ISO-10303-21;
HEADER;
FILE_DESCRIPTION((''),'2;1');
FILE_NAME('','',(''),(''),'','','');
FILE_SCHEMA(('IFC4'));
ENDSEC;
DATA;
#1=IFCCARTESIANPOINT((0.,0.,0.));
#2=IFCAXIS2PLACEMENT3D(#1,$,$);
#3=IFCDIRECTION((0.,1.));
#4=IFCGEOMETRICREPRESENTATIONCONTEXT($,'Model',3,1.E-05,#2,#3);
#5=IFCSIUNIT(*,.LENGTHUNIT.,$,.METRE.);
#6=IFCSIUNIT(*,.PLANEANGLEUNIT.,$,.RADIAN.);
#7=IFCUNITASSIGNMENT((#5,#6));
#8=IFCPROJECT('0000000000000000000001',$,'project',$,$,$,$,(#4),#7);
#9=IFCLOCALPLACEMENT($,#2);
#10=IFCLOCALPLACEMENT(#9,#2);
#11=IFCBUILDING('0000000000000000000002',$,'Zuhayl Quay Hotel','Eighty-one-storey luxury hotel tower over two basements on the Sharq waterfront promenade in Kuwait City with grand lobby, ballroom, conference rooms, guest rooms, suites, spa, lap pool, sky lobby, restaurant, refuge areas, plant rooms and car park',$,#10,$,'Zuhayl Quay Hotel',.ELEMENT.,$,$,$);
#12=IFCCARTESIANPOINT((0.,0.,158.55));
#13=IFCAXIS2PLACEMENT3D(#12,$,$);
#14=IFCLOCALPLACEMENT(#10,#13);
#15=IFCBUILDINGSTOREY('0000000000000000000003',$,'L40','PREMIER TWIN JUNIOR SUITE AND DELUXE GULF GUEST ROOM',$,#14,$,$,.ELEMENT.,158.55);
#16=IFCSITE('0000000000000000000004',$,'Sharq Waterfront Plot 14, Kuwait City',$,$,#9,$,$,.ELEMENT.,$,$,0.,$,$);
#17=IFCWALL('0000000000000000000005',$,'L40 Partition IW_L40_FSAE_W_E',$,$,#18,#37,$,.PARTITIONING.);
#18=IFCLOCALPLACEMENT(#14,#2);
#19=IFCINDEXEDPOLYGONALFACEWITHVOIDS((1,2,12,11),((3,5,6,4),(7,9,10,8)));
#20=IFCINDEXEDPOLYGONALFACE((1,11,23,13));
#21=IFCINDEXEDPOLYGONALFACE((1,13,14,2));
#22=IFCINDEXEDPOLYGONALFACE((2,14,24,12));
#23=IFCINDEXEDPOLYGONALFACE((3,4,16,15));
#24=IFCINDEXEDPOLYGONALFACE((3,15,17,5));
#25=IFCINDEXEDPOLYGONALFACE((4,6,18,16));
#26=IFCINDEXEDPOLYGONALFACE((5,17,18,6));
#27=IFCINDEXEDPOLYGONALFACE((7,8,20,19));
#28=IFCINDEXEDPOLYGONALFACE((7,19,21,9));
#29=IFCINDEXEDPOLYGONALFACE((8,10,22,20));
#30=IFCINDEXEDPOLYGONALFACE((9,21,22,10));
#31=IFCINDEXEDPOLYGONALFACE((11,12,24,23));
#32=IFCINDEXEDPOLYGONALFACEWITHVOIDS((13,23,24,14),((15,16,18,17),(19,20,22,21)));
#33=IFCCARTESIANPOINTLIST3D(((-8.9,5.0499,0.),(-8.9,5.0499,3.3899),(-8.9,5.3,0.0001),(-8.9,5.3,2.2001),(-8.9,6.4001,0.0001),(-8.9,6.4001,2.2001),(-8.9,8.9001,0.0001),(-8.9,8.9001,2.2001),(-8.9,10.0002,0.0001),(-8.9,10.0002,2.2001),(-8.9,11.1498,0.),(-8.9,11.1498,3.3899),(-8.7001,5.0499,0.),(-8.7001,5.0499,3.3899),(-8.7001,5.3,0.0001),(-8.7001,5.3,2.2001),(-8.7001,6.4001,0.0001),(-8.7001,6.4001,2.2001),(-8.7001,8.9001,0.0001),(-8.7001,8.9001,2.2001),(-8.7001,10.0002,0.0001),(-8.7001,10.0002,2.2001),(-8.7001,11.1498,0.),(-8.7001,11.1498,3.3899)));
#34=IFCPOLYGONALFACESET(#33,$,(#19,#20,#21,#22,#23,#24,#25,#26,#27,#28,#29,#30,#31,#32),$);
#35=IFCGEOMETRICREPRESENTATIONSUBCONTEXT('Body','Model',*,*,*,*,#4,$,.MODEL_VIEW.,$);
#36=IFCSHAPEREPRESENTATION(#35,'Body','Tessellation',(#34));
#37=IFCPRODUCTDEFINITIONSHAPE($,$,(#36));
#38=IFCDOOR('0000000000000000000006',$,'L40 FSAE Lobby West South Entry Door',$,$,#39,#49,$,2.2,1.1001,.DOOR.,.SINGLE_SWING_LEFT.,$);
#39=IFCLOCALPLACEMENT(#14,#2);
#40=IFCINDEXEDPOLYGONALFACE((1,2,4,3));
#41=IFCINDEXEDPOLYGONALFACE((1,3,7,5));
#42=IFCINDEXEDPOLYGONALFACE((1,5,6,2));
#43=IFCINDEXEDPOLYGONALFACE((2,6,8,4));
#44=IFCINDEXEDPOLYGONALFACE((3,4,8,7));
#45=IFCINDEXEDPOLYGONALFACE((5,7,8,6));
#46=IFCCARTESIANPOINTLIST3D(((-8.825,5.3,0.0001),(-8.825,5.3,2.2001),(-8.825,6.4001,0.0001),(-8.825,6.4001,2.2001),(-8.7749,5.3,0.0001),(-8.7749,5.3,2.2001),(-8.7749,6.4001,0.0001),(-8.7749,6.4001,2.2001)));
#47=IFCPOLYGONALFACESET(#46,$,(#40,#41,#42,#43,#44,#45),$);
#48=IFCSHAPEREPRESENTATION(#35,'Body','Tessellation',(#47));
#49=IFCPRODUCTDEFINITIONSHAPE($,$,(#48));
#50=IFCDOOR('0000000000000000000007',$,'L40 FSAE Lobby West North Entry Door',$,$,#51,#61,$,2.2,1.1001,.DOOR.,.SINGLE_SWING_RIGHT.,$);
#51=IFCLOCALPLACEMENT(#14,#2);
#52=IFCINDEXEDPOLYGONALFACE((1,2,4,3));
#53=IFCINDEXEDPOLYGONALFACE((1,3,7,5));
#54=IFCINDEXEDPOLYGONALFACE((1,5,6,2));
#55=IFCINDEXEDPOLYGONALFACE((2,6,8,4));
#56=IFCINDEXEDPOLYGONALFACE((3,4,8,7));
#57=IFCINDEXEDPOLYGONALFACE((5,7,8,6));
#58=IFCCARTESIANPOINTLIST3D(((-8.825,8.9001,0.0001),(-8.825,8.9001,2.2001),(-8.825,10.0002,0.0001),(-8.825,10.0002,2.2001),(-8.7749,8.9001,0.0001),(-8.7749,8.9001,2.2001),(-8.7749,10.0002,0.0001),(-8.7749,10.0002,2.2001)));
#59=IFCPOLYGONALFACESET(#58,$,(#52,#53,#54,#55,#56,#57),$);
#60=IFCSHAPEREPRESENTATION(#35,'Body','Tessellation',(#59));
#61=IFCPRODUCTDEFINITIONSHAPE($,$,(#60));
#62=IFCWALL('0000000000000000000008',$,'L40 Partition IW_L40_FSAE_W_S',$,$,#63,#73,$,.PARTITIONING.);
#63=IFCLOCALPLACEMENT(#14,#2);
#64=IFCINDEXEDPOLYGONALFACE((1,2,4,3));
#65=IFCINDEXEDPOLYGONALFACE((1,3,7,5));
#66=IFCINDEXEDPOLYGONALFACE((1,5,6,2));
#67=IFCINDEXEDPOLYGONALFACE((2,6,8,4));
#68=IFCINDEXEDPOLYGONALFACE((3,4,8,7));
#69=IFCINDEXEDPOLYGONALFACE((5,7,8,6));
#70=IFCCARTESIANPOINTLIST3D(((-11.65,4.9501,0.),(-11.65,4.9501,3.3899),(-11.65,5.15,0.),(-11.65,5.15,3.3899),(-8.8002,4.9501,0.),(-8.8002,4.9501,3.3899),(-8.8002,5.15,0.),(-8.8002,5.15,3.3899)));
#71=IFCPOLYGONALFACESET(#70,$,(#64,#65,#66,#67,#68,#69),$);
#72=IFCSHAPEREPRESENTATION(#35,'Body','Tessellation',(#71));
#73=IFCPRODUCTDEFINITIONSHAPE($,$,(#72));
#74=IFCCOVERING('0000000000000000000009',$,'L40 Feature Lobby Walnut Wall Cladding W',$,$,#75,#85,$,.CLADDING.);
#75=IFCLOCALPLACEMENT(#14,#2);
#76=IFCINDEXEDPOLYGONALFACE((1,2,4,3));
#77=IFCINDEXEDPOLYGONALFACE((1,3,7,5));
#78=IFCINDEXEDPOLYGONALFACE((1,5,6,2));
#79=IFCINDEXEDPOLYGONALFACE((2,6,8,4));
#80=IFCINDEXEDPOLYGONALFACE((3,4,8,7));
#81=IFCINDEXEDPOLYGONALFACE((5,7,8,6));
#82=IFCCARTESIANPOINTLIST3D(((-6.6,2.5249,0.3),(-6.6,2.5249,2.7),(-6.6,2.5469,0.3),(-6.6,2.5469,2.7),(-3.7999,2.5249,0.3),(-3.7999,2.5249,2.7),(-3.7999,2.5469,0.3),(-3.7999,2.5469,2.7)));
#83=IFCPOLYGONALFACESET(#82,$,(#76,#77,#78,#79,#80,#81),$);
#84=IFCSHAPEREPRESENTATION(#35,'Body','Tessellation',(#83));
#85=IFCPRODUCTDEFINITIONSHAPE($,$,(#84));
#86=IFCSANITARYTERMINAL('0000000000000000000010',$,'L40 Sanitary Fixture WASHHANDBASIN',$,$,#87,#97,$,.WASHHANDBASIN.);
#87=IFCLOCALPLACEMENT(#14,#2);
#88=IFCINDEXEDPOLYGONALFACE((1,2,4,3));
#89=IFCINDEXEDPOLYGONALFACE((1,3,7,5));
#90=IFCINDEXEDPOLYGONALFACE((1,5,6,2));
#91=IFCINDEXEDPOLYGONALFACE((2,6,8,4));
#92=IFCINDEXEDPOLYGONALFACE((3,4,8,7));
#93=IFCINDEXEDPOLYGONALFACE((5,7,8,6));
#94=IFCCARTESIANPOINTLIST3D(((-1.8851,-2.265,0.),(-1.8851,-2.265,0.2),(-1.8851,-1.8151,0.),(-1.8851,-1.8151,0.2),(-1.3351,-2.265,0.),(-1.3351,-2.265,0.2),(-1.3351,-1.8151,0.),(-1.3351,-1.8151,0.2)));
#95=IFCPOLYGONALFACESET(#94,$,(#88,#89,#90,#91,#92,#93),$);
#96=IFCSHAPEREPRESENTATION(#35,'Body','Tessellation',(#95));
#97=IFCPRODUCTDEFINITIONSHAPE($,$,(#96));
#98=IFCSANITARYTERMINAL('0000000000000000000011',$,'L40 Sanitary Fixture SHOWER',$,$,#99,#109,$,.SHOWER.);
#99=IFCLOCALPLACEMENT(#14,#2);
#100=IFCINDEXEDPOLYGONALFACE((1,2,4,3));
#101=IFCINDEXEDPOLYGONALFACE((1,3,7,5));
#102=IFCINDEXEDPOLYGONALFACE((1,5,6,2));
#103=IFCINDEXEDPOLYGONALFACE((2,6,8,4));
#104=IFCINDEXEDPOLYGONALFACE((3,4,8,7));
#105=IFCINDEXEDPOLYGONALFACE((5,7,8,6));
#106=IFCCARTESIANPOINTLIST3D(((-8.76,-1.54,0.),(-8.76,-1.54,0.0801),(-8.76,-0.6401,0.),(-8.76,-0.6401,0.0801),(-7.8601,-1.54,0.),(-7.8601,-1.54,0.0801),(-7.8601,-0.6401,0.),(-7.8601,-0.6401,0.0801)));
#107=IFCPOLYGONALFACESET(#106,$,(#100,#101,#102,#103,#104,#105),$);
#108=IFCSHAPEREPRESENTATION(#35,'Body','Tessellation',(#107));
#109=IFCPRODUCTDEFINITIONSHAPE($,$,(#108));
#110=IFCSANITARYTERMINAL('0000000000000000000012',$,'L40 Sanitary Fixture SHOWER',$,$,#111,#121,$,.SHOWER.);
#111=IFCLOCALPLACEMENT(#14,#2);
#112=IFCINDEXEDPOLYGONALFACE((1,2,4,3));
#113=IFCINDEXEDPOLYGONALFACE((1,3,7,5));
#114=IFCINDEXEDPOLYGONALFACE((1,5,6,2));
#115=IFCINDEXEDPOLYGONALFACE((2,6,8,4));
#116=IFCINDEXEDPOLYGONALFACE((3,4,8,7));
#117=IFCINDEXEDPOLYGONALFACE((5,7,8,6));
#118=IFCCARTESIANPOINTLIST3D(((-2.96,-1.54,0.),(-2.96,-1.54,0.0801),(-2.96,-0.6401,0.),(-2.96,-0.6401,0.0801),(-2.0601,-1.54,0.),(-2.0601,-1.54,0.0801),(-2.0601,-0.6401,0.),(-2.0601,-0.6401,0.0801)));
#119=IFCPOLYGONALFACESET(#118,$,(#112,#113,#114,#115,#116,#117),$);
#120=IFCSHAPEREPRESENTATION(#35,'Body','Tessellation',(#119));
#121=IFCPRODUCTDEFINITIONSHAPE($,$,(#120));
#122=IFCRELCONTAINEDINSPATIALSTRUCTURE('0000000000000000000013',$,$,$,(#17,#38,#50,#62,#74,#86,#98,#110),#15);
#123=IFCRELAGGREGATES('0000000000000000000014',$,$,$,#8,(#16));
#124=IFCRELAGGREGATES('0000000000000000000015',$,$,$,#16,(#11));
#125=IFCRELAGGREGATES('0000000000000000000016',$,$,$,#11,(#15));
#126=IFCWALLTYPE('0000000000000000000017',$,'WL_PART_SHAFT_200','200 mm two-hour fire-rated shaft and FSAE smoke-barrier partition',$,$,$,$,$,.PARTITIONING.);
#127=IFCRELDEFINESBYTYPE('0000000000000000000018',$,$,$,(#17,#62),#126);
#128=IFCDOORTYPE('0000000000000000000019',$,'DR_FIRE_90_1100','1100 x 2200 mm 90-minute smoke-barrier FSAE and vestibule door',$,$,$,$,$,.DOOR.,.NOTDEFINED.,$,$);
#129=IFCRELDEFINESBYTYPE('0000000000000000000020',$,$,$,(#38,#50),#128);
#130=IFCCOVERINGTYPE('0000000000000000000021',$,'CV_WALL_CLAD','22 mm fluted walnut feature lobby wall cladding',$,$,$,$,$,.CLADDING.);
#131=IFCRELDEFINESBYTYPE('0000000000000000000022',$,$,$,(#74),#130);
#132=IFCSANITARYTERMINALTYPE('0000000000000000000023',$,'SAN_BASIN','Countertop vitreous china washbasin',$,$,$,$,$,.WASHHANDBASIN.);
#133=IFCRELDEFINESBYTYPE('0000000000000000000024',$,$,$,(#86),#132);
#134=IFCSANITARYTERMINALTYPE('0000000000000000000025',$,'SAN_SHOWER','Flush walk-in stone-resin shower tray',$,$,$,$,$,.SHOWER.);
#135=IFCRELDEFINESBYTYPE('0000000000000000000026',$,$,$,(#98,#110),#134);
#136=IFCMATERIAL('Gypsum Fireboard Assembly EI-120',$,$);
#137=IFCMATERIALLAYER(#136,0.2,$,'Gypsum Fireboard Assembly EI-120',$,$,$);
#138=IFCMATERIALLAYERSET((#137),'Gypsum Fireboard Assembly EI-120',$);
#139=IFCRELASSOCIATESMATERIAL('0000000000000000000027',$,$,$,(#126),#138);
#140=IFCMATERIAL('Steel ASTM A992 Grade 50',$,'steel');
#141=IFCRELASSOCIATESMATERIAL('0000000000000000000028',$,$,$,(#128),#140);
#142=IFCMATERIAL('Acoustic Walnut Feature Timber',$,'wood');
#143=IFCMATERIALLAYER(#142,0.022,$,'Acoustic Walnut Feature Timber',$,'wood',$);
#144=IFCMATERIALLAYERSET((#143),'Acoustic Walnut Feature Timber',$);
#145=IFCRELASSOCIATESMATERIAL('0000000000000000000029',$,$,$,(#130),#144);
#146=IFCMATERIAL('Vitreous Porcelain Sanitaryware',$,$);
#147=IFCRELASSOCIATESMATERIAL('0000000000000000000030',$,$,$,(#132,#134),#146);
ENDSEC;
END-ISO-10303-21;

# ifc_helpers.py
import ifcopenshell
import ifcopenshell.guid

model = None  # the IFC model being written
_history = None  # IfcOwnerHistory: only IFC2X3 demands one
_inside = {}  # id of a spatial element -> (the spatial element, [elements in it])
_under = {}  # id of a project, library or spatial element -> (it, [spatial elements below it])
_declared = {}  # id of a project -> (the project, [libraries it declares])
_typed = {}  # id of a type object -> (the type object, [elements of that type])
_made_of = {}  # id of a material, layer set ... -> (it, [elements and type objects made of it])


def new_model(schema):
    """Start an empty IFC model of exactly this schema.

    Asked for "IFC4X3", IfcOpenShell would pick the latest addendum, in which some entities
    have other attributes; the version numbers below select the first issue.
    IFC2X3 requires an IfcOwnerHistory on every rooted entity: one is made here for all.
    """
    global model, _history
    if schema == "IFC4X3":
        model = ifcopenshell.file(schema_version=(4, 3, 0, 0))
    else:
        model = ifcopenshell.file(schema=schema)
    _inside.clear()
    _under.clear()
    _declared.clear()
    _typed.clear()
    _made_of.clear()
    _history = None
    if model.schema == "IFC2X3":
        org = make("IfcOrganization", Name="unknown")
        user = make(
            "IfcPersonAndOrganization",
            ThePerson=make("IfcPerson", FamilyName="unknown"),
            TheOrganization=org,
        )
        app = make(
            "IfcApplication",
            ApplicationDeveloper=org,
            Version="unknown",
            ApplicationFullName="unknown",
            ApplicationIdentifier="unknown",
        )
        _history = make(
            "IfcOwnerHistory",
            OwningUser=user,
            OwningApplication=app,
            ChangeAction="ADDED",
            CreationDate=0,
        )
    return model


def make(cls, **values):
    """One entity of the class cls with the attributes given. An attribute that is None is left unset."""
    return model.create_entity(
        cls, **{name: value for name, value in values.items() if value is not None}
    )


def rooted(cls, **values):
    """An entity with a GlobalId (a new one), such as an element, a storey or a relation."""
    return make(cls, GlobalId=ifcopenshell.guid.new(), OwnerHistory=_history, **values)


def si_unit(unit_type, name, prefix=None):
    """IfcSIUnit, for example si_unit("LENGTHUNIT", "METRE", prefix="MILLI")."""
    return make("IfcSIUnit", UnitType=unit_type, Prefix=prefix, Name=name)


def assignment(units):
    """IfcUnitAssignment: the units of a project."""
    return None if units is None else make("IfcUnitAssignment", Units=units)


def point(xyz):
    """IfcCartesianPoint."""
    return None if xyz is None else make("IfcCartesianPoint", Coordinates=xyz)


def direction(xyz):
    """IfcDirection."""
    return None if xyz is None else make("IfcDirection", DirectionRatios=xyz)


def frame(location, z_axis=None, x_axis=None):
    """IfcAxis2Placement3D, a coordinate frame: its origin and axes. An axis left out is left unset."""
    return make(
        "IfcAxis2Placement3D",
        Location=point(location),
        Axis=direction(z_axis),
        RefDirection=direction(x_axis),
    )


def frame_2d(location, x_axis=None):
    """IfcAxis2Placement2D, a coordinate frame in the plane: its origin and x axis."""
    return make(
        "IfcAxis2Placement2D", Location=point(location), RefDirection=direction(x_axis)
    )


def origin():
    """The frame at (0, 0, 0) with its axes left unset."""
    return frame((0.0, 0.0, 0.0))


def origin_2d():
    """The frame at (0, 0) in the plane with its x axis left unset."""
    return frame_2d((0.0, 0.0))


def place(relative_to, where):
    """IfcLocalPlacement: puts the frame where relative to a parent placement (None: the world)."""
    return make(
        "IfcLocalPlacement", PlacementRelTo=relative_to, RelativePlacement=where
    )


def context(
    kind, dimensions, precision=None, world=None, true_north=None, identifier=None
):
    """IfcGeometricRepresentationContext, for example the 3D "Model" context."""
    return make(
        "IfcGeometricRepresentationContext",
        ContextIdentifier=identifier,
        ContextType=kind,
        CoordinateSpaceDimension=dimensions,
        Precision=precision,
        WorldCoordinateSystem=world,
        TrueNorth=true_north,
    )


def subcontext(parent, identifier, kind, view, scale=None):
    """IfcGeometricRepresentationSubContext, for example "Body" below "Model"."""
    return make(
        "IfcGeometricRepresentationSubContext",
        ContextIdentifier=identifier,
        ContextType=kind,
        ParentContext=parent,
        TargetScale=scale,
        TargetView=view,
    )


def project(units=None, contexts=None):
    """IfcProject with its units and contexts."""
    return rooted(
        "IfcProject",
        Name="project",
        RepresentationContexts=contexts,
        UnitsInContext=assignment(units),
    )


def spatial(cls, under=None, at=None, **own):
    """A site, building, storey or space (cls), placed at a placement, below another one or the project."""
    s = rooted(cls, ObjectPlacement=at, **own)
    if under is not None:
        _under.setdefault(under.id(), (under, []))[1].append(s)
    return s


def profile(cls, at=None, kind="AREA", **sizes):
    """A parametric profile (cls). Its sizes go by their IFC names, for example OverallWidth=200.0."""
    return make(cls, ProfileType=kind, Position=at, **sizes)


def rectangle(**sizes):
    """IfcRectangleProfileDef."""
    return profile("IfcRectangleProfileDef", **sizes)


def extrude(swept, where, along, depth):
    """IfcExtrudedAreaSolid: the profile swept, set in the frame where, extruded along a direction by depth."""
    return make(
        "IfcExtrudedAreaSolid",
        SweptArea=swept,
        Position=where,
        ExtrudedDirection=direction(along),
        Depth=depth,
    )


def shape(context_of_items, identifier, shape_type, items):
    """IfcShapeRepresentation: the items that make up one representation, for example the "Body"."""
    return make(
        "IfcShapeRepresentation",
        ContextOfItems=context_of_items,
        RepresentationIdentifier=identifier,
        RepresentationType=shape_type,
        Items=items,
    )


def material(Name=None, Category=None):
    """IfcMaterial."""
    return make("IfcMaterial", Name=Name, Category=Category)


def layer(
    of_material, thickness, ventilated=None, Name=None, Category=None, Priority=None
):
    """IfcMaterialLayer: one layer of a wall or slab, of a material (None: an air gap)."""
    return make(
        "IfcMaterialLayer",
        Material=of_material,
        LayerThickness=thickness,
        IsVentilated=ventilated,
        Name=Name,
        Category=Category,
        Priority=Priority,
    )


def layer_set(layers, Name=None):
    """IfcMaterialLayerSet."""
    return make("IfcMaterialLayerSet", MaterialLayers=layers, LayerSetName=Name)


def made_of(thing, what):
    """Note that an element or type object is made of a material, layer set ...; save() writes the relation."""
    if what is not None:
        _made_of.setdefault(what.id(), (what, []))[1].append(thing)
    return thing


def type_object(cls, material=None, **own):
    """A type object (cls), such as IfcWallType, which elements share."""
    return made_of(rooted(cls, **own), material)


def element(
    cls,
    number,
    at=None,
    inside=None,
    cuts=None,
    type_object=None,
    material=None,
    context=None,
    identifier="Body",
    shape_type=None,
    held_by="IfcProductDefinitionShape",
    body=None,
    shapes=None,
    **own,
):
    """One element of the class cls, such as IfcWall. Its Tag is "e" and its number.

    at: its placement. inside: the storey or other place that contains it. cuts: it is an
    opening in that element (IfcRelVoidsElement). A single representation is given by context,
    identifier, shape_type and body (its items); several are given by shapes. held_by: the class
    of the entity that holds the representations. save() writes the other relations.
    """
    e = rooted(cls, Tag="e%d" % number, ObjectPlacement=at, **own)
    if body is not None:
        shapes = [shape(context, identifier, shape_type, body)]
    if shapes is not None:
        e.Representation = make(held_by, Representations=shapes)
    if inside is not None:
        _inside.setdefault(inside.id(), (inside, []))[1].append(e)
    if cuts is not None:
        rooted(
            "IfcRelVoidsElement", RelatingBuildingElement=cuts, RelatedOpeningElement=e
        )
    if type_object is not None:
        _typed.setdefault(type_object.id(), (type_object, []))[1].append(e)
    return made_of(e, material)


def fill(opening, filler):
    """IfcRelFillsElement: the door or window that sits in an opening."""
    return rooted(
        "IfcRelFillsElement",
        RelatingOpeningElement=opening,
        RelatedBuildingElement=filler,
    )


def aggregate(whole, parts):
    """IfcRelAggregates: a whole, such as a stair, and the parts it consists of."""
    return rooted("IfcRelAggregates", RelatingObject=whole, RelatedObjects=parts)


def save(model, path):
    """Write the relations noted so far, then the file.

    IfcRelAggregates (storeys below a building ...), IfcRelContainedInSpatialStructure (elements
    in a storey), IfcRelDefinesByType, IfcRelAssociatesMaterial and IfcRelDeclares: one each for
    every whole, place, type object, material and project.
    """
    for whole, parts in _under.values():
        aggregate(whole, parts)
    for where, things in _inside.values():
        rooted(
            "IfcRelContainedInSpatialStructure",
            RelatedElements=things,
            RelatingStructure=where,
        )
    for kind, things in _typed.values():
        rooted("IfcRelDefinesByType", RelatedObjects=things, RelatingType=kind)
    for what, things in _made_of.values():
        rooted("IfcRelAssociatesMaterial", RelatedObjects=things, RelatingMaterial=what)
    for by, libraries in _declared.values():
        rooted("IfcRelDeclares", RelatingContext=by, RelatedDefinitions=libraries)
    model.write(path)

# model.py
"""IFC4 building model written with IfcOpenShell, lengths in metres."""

from ifc_helpers import new_model, si_unit, direction, frame, frame_2d, origin, origin_2d, place, context, subcontext, project, spatial, rectangle, extrude, material, layer, layer_set, type_object, element, fill, save


model = new_model("IFC4")

# Units and contexts
model_context = context("Model", 3, precision=1e-05, world=origin(), true_north=direction((0.0, 1.0)))
body_context = subcontext(model_context, "Body", "Model", "MODEL_VIEW")
ifc_project = project(units=[si_unit("LENGTHUNIT", "METRE"), si_unit("PLANEANGLEUNIT", "RADIAN")], contexts=[model_context])

# Site, building, storey
site_placement = place(None, origin())
site = spatial("IfcSite", under=ifc_project, at=site_placement, Name="Sharq Waterfront Plot 14, Kuwait City", CompositionType="ELEMENT", RefElevation=0.0)
building_placement = place(site_placement, origin())
building = spatial("IfcBuilding", under=site, at=building_placement, Name="Zuhayl Quay Hotel", Description="Eighty-one-storey luxury hotel tower over two basements on the Sharq waterfront promenade in Kuwait City with grand lobby, ballroom, conference rooms, guest rooms, suites, spa, lap pool, sky lobby, restaurant, refuge areas, plant rooms and car park", LongName="Zuhayl Quay Hotel", CompositionType="ELEMENT")
storey_placement = place(building_placement, frame((0.0, 0.0, 158.55)))
storey = spatial("IfcBuildingStorey", under=building, at=storey_placement, Name="L40", Description="PREMIER TWIN JUNIOR SUITE AND DELUXE GULF GUEST ROOM", CompositionType="ELEMENT", Elevation=158.55)

# Shared definitions
ifc_material_1 = material(Name="Steel ASTM A992 Grade 50", Category="steel")

# Wall, openings, doors
ifc_material_2 = material(Name="Gypsum Fireboard Assembly EI-120")
ifc_layer_1 = layer(ifc_material_2, 0.2, Name="Gypsum Fireboard Assembly EI-120")
ifc_layer_set_1 = layer_set([ifc_layer_1], Name="Gypsum Fireboard Assembly EI-120")
wall_type_1 = type_object("IfcWallType", Name="WL_PART_SHAFT_200", Description="200 mm two-hour fire-rated shaft and FSAE smoke-barrier partition", PredefinedType="PARTITIONING", material=ifc_layer_set_1)
wall_1_placement = place(storey_placement, frame((-8.8, 5.05, 0.0), z_axis=(0.0, 0.0, 1.0), x_axis=(0.0, 1.0, 0.0)))
wall_1 = element("IfcWall", 1, at=wall_1_placement, inside=storey, type_object=wall_type_1, Name="L40 Partition IW_L40_FSAE_W_E", PredefinedType="PARTITIONING", context=body_context, shape_type="SweptSolid", body=[
    extrude(rectangle(XDim=6.0999, YDim=0.2, at=frame_2d((3.0498, 0.0))), origin(), (0.0, 0.0, 1.0), 3.3899),
])
opening_1_placement = place(wall_1_placement, frame((0.25, 0.0, 0.0)))
opening_1 = element("IfcOpeningElement", 2, at=opening_1_placement, cuts=wall_1, PredefinedType="OPENING", context=body_context, shape_type="SweptSolid", body=[
    extrude(rectangle(XDim=1.1001, YDim=2.2, at=frame_2d((0.55, 1.1001))), frame((0.0, 0.1099, 0.0), z_axis=(0.0, -1.0, 0.0), x_axis=(1.0, 0.0, 0.0)), (0.0, 0.0, 1.0), 0.22),
])
opening_2_placement = place(wall_1_placement, frame((3.8501, 0.0, 0.0)))
opening_2 = element("IfcOpeningElement", 3, at=opening_2_placement, cuts=wall_1, PredefinedType="OPENING", context=body_context, shape_type="SweptSolid", body=[
    extrude(rectangle(XDim=1.1001, YDim=2.2, at=frame_2d((0.55, 1.1001))), frame((0.0, 0.1099, 0.0), z_axis=(0.0, -1.0, 0.0), x_axis=(1.0, 0.0, 0.0)), (0.0, 0.0, 1.0), 0.22),
])
door_type_1 = type_object("IfcDoorType", Name="DR_FIRE_90_1100", Description="1100 x 2200 mm 90-minute smoke-barrier FSAE and vestibule door", OperationType="NOTDEFINED", PredefinedType="DOOR", material=ifc_material_1)
door_1_placement = place(opening_1_placement, origin())
door_1 = element("IfcDoor", 4, at=door_1_placement, inside=storey, type_object=door_type_1, Name="L40 FSAE Lobby West South Entry Door", OperationType="SINGLE_SWING_LEFT", OverallHeight=2.2, OverallWidth=1.1001, PredefinedType="DOOR", context=body_context, shape_type="SweptSolid", body=[
    extrude(rectangle(XDim=1.1001, YDim=2.2, at=frame_2d((0.55, 1.1001))), frame((0.0, 0.0249, 0.0), z_axis=(0.0, -1.0, 0.0), x_axis=(1.0, 0.0, 0.0)), (0.0, 0.0, 1.0), 0.05),
])
fill(opening_1, door_1)
door_2_placement = place(opening_2_placement, origin())
door_2 = element("IfcDoor", 5, at=door_2_placement, inside=storey, type_object=door_type_1, Name="L40 FSAE Lobby West North Entry Door", OperationType="SINGLE_SWING_RIGHT", OverallHeight=2.2, OverallWidth=1.1001, PredefinedType="DOOR", context=body_context, shape_type="SweptSolid", body=[
    extrude(rectangle(XDim=1.1001, YDim=2.2, at=frame_2d((0.55, 1.1001))), frame((0.0, 0.0249, 0.0), z_axis=(0.0, -1.0, 0.0), x_axis=(1.0, 0.0, 0.0)), (0.0, 0.0, 1.0), 0.05),
])
fill(opening_2, door_2)

# Wall
wall_2_placement = place(storey_placement, frame((-11.6499, 5.05, 0.0), z_axis=(0.0, 0.0, 1.0), x_axis=(1.0, 0.0, 0.0)))
element("IfcWall", 6, at=wall_2_placement, inside=storey, type_object=wall_type_1, Name="L40 Partition IW_L40_FSAE_W_S", PredefinedType="PARTITIONING", context=body_context, shape_type="SweptSolid", body=[
    extrude(rectangle(XDim=2.8499, YDim=0.2, at=frame_2d((1.4248, 0.0))), origin(), (0.0, 0.0, 1.0), 3.3899),
])

# Covering
ifc_material_3 = material(Name="Acoustic Walnut Feature Timber", Category="wood")
ifc_layer_2 = layer(ifc_material_3, 0.022, Name="Acoustic Walnut Feature Timber", Category="wood")
ifc_layer_set_2 = layer_set([ifc_layer_2], Name="Acoustic Walnut Feature Timber")
covering_type = type_object("IfcCoveringType", Name="CV_WALL_CLAD", Description="22 mm fluted walnut feature lobby wall cladding", PredefinedType="CLADDING", material=ifc_layer_set_2)
covering_placement = place(storey_placement, frame((-5.2, 2.5359, 0.3), z_axis=(0.0, 0.0, 1.0), x_axis=(1.0, 0.0, 0.0)))
element("IfcCovering", 7, at=covering_placement, inside=storey, type_object=covering_type, Name="L40 Feature Lobby Walnut Wall Cladding W", PredefinedType="CLADDING", context=body_context, shape_type="SweptSolid", body=[
    extrude(rectangle(XDim=2.8, YDim=0.022, at=origin_2d()), origin(), (0.0, 0.0, 1.0), 2.3999),
])

# Sanitary terminals
ifc_material_4 = material(Name="Vitreous Porcelain Sanitaryware")
sanitary_terminal_type_1 = type_object("IfcSanitaryTerminalType", Name="SAN_BASIN", Description="Countertop vitreous china washbasin", PredefinedType="WASHHANDBASIN", material=ifc_material_4)
sanitary_terminal_placement = place(storey_placement, frame((-1.6101, -2.04, 0.0), z_axis=(0.0, 0.0, 1.0), x_axis=(1.0, 0.0, 0.0)))
element("IfcSanitaryTerminal", 8, at=sanitary_terminal_placement, inside=storey, type_object=sanitary_terminal_type_1, Name="L40 Sanitary Fixture WASHHANDBASIN", PredefinedType="WASHHANDBASIN", context=body_context, shape_type="SweptSolid", body=[
    extrude(rectangle(XDim=0.55, YDim=0.45, at=origin_2d()), origin(), (0.0, 0.0, 1.0), 0.2),
])
sanitary_terminal_type_2 = type_object("IfcSanitaryTerminalType", Name="SAN_SHOWER", Description="Flush walk-in stone-resin shower tray", PredefinedType="SHOWER", material=ifc_material_4)
for number, where, z_axis, x_axis, name in (
    (9, (-8.3101, -1.0901, 0.0), (0.0, 0.0, 1.0), (1.0, 0.0, 0.0), "L40 Sanitary Fixture SHOWER"),
    (10, (-2.51, -1.0901, 0.0), (0.0, 0.0, 1.0), (1.0, 0.0, 0.0), "L40 Sanitary Fixture SHOWER"),
):
    element("IfcSanitaryTerminal", number, at=place(storey_placement, frame(where, z_axis=z_axis, x_axis=x_axis)), inside=storey, type_object=sanitary_terminal_type_2, Name=name, PredefinedType="SHOWER", context=body_context, shape_type="SweptSolid", body=[
        extrude(rectangle(XDim=0.8999, YDim=0.8999, at=origin_2d()), origin(), (0.0, 0.0, 1.0), 0.0801),
    ])

save(model, "model.ifc")
